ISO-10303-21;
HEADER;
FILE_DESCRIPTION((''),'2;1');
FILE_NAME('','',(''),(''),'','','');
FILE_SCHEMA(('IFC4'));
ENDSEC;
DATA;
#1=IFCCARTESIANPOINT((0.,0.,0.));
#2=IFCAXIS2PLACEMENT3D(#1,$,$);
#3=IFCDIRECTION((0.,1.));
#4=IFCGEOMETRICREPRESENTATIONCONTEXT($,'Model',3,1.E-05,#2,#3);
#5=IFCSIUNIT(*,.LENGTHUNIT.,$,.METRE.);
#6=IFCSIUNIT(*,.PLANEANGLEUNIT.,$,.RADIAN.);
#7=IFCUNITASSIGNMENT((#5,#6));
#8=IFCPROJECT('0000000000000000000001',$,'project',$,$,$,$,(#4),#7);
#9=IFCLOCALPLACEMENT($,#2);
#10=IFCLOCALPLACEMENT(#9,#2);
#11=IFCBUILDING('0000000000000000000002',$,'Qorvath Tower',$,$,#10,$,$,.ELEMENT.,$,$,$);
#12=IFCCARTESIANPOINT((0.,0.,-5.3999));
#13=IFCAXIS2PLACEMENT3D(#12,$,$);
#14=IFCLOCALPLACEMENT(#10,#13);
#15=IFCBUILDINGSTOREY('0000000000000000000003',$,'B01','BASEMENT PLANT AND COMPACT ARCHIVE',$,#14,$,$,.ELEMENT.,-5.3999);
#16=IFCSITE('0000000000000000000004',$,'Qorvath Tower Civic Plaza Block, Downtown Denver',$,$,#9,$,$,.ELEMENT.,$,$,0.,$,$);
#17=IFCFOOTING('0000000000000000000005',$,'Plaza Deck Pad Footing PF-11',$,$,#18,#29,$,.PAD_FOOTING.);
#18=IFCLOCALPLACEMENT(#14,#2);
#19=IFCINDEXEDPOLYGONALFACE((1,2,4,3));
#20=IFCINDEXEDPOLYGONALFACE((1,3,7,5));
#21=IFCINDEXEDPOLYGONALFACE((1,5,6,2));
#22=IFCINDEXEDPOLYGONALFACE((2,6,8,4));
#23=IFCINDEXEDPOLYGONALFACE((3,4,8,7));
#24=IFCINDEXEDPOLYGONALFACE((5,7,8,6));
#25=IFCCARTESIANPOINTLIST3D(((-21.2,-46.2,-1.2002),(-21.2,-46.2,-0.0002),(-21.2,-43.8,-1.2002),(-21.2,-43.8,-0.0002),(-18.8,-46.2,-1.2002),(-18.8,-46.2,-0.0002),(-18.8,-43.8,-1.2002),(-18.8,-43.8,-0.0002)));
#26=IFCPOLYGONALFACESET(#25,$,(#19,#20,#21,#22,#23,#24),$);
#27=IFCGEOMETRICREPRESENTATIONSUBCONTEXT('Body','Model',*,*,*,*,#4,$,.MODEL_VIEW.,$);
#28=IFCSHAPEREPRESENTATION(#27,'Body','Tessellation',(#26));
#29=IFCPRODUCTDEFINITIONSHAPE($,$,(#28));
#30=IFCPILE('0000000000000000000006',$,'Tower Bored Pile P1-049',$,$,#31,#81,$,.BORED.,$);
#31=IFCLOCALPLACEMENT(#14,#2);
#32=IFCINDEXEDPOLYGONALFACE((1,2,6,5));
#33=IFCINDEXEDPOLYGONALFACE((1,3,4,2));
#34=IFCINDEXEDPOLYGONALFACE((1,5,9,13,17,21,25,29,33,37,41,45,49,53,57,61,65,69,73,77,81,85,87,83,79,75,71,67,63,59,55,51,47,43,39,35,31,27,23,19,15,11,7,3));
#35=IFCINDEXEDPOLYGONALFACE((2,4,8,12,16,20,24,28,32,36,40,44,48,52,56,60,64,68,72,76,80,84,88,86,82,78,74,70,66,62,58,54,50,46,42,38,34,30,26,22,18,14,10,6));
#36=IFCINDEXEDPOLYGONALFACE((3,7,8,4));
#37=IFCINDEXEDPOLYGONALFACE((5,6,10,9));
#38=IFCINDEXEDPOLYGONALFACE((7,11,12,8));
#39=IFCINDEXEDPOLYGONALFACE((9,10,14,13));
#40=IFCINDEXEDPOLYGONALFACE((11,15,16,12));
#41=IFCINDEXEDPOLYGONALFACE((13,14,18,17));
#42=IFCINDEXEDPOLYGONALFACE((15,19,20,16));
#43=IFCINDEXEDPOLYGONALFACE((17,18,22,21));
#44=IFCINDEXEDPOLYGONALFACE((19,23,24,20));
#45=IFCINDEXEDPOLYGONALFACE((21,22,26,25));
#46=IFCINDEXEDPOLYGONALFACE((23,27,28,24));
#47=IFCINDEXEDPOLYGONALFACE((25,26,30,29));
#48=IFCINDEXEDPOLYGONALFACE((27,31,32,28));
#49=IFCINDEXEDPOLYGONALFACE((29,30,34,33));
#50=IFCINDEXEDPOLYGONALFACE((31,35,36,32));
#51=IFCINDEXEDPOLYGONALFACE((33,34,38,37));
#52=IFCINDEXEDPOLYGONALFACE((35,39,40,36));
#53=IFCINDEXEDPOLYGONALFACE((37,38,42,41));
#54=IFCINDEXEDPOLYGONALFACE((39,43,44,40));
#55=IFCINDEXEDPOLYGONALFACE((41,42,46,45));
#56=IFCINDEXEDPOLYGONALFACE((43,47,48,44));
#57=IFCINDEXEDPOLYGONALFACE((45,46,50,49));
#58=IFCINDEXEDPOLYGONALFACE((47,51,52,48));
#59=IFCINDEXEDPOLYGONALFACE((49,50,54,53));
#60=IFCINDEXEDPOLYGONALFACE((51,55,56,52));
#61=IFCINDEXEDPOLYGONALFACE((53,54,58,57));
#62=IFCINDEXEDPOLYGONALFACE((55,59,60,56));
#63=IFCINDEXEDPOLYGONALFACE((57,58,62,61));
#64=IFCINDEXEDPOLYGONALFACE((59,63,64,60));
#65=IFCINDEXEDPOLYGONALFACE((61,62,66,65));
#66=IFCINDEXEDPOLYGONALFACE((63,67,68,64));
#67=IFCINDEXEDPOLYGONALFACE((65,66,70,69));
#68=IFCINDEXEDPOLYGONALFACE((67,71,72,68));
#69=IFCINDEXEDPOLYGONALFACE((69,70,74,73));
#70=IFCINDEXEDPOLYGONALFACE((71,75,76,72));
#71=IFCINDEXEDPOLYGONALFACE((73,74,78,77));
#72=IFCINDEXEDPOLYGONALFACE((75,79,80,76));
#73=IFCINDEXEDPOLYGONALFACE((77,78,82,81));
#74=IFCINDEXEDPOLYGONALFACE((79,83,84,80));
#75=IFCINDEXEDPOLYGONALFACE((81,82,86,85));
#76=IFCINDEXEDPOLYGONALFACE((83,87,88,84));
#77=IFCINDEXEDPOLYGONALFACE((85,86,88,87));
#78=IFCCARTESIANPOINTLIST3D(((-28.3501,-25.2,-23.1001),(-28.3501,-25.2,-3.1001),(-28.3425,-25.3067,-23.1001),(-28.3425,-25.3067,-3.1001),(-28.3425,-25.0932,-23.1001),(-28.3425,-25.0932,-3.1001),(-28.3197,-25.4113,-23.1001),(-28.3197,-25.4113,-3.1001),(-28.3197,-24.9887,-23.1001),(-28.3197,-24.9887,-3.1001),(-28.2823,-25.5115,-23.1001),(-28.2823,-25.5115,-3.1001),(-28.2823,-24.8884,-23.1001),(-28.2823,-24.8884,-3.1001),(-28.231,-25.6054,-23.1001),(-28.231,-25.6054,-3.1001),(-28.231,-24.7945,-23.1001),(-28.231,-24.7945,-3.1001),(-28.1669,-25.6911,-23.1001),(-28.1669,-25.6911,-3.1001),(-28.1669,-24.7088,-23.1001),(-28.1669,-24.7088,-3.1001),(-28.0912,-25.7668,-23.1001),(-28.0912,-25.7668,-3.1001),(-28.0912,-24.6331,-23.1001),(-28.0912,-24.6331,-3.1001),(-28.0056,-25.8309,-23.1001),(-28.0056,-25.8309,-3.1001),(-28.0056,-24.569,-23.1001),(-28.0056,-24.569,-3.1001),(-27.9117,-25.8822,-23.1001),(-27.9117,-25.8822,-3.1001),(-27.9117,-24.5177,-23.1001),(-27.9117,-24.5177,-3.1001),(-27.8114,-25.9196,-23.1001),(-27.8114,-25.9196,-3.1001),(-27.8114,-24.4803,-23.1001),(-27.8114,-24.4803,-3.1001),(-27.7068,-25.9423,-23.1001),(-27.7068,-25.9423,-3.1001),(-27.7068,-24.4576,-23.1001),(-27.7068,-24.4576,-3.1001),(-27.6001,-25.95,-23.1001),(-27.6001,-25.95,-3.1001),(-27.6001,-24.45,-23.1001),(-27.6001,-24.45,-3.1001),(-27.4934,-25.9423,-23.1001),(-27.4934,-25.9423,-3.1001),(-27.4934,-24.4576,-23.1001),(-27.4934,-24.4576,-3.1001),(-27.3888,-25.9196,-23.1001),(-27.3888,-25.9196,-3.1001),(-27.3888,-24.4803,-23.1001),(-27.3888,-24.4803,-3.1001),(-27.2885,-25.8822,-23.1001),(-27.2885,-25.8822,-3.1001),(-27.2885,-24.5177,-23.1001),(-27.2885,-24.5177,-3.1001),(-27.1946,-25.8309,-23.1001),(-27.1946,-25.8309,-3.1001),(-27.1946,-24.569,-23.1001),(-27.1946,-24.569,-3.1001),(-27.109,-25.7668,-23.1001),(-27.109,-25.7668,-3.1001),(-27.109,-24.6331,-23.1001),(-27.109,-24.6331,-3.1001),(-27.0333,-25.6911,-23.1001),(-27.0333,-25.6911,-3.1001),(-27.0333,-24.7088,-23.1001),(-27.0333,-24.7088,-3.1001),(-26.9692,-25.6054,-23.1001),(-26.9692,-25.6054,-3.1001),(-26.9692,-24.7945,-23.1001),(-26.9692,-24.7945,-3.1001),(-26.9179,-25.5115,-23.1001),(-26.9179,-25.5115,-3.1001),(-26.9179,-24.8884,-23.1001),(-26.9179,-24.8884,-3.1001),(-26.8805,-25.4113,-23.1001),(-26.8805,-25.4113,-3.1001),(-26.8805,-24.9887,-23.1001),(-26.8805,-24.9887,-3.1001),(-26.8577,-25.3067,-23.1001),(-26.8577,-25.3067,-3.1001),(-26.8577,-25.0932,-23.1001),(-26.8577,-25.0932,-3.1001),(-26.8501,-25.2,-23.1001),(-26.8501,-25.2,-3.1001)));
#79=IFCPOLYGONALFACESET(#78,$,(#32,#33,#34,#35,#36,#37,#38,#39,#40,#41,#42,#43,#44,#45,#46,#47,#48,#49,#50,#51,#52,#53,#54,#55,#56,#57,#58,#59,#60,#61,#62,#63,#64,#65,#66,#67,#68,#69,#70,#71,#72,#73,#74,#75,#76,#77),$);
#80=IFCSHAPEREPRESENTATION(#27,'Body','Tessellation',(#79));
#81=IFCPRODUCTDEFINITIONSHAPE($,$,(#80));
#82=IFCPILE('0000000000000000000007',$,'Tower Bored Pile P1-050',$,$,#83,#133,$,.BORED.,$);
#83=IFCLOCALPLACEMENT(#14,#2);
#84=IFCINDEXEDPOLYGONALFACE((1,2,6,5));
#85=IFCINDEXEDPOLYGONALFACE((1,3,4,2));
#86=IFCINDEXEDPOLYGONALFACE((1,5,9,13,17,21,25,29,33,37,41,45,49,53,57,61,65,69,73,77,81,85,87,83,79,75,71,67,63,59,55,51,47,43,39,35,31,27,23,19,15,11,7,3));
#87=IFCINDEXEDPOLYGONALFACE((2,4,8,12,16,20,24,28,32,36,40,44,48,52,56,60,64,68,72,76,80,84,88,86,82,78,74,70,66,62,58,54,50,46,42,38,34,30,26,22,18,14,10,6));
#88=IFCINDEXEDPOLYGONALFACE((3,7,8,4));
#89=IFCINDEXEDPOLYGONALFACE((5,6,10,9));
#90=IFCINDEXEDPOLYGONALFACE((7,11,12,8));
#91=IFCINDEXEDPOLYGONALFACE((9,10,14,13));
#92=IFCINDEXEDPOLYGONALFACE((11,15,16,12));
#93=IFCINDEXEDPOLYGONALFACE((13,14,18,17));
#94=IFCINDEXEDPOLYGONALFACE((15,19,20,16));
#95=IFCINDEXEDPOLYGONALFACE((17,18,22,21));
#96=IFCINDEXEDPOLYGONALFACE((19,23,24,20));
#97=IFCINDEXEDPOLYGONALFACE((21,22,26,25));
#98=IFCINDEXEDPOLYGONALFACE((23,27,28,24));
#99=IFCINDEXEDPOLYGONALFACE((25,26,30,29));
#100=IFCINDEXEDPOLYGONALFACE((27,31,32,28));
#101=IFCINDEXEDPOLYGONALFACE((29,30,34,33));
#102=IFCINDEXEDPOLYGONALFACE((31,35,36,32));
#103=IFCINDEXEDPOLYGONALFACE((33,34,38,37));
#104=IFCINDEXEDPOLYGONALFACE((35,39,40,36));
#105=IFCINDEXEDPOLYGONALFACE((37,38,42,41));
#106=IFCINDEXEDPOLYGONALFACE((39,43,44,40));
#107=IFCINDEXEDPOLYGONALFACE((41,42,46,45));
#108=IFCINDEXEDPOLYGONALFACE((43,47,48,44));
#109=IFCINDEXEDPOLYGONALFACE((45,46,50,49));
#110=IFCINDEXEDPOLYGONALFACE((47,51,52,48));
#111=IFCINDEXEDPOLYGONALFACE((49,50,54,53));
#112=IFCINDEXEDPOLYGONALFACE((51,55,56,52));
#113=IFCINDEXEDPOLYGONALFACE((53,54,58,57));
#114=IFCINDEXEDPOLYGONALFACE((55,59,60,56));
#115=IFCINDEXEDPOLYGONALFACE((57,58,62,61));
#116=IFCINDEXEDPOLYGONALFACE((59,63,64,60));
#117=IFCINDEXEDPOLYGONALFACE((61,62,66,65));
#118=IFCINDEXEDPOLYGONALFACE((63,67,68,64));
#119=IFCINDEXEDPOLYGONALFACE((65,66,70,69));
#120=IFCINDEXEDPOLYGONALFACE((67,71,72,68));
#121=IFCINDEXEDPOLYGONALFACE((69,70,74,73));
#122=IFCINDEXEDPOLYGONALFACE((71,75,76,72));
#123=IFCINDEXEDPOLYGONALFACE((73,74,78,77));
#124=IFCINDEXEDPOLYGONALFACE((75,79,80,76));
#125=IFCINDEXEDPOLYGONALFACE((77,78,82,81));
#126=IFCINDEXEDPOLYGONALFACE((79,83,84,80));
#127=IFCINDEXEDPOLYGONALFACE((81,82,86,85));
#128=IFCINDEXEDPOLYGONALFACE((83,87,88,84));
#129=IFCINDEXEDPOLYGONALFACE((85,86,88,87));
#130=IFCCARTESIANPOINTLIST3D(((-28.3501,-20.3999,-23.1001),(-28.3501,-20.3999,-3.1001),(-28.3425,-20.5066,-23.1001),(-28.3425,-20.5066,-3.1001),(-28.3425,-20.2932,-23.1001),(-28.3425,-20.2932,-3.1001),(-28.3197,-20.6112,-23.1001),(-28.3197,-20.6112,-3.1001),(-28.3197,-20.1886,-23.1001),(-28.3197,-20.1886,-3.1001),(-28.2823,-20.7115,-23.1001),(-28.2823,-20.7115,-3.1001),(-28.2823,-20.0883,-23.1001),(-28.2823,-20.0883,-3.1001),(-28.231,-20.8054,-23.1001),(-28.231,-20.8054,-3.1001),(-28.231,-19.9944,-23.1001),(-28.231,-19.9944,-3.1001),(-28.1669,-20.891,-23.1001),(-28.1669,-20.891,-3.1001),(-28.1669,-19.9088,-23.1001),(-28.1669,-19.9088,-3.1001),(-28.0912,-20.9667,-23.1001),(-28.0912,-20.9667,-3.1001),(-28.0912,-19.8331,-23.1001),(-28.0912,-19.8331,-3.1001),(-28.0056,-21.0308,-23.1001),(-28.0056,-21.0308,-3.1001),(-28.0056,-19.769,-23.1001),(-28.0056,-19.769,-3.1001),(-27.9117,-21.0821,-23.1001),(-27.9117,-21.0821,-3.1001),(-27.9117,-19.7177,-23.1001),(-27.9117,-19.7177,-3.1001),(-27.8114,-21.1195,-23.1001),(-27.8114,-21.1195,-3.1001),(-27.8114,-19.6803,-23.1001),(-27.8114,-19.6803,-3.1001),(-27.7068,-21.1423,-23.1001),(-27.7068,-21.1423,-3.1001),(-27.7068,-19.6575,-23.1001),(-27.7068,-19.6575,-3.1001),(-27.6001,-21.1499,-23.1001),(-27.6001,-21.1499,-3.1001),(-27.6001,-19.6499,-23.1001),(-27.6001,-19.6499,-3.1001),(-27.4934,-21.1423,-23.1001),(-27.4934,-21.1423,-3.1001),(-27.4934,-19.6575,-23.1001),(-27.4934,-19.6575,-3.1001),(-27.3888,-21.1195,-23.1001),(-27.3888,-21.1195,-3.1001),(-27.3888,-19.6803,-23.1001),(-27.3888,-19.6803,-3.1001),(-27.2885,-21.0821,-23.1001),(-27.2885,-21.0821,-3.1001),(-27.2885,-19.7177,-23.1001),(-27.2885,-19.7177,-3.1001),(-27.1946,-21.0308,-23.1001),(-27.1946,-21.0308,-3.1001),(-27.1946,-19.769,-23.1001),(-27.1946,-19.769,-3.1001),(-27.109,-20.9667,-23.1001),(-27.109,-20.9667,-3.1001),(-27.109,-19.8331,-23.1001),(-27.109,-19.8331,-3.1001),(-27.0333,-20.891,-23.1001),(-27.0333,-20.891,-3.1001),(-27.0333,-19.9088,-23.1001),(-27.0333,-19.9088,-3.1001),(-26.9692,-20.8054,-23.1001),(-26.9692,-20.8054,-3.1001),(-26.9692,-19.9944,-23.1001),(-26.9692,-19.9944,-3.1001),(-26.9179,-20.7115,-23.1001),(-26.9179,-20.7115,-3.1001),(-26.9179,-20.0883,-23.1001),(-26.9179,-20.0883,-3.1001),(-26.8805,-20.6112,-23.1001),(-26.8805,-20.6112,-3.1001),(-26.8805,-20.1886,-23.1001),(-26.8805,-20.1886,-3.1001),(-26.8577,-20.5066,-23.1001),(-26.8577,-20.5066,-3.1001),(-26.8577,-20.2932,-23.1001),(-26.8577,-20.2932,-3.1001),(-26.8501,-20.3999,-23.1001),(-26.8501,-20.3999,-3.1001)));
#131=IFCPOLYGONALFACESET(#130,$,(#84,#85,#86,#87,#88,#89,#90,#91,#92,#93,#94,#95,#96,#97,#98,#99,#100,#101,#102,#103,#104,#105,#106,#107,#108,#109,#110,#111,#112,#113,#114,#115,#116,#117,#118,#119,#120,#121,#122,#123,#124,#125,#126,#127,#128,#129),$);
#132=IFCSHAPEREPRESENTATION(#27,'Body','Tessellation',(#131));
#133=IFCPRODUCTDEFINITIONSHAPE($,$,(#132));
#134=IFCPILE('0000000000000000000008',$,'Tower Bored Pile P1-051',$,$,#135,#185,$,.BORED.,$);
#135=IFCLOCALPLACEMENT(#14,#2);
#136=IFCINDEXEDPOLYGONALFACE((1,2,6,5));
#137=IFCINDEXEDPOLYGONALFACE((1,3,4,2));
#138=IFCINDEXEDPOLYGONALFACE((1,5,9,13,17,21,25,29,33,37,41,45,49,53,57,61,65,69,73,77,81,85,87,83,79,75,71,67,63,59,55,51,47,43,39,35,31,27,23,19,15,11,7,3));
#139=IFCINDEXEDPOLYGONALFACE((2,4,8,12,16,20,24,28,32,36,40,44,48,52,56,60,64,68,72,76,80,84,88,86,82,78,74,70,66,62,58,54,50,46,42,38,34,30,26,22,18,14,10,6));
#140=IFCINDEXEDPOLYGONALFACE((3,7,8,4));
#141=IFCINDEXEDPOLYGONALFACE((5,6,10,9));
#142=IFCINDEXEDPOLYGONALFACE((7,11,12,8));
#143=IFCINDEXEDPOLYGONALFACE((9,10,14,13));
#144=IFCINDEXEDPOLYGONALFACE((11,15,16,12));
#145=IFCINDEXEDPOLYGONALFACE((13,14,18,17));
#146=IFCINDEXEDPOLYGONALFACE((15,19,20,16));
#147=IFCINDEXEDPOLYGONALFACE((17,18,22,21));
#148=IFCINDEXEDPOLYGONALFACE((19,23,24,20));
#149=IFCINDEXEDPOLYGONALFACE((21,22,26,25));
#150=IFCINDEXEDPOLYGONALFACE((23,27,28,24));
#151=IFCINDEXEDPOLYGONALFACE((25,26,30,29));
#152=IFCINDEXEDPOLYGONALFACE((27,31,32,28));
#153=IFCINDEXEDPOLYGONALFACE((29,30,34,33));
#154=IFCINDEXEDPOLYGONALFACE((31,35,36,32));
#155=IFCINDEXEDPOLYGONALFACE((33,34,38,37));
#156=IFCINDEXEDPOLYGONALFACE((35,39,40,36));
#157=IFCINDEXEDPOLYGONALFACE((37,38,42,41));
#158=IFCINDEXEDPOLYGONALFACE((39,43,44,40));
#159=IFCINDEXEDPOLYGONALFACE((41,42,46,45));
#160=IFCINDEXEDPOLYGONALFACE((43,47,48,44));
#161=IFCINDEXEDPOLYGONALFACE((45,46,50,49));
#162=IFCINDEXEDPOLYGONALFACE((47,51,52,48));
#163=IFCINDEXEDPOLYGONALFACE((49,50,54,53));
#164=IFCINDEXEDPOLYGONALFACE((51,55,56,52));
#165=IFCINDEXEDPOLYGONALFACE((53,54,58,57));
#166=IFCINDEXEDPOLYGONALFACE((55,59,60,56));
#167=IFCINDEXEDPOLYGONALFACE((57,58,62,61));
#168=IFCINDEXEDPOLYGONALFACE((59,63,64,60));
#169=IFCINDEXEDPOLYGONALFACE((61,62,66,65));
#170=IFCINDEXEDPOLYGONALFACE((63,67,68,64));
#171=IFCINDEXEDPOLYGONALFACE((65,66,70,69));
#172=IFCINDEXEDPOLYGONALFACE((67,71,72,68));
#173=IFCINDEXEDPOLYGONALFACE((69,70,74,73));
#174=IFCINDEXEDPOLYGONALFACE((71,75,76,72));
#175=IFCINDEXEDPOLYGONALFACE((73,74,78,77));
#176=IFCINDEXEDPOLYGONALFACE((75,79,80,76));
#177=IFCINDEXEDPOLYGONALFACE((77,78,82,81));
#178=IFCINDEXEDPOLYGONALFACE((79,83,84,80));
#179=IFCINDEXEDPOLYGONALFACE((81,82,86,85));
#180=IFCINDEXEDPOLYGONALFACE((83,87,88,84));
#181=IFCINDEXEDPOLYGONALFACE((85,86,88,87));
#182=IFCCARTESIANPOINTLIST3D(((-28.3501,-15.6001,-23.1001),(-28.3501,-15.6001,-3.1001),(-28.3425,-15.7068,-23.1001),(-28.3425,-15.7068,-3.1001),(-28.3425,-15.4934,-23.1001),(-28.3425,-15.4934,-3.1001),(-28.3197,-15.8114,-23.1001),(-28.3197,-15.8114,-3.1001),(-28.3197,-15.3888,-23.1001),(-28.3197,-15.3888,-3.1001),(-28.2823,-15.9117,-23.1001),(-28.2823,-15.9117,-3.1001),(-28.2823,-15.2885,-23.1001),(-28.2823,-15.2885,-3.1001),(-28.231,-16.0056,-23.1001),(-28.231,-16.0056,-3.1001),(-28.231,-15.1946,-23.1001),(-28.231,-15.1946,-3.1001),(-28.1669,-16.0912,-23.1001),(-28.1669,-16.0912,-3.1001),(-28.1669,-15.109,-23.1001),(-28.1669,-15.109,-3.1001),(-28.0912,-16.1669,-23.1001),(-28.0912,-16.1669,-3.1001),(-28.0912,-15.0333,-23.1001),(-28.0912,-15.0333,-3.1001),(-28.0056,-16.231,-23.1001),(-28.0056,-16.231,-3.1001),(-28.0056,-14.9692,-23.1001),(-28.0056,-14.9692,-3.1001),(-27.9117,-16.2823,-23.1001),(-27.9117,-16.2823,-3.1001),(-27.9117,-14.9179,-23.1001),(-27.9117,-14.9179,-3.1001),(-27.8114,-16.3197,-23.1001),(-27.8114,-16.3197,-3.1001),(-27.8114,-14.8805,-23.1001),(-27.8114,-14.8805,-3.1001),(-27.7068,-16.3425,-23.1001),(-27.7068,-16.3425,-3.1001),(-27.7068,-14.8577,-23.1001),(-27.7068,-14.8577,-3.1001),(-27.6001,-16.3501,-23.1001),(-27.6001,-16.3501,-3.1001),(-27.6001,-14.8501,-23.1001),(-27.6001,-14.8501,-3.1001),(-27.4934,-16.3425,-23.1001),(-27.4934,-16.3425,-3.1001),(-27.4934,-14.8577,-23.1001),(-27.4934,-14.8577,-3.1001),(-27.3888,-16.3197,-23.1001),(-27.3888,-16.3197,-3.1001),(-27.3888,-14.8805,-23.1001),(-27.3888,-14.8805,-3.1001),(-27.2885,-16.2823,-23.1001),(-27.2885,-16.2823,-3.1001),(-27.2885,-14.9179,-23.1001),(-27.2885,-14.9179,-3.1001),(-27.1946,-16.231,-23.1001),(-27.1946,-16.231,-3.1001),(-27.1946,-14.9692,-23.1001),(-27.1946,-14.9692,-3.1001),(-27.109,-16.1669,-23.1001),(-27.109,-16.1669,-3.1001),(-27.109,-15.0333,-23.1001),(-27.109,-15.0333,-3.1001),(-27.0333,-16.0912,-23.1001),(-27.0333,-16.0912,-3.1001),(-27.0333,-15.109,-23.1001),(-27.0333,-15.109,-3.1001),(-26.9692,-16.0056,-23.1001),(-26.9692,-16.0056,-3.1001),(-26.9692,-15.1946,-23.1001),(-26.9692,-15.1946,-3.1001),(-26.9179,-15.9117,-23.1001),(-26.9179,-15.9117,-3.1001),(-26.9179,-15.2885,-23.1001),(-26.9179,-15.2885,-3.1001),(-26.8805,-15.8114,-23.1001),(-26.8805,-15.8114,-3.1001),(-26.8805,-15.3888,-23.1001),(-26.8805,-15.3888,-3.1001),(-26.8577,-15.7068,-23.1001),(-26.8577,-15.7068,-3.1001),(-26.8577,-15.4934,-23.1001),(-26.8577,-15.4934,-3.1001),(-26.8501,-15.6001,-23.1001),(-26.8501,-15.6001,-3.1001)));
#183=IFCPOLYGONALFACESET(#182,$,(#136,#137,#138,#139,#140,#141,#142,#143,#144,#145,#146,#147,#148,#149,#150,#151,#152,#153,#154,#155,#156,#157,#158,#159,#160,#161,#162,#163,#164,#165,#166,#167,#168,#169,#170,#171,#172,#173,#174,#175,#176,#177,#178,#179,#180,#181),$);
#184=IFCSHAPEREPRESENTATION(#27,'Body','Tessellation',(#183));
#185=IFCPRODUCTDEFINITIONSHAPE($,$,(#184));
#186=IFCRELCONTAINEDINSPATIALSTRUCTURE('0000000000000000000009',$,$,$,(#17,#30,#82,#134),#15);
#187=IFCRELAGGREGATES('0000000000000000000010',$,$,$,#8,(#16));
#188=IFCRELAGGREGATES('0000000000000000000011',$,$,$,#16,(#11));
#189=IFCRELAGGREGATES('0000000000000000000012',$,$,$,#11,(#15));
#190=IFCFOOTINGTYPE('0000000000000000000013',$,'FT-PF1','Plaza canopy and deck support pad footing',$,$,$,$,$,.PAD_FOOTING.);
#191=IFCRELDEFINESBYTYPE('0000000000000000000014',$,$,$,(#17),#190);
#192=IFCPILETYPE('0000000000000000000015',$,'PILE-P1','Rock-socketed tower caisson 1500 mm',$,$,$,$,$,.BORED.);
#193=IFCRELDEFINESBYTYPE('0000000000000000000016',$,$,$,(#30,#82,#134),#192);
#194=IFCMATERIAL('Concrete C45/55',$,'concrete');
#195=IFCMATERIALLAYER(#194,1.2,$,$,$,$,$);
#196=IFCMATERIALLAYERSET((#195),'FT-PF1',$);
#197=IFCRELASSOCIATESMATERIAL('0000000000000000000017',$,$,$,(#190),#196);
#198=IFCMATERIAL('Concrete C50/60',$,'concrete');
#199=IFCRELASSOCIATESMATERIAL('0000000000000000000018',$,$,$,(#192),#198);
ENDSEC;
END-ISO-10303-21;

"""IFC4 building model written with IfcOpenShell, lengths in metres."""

from ifc_helpers import new_model, si_unit, direction, frame, origin, origin_2d, place, context, subcontext, project, spatial, rectangle, circle, extrude, material, layer, layer_set, material_profile, profile_set, type_object, element, save


model = new_model("IFC4")

# Units and contexts
model_context = context("Model", 3, precision=1e-05, world=origin(), true_north=direction((0.0, 1.0)))
body_context = subcontext(model_context, "Body", "Model", "MODEL_VIEW")
ifc_project = project(units=[si_unit("LENGTHUNIT", "METRE"), si_unit("PLANEANGLEUNIT", "RADIAN")], contexts=[model_context])

# Site, building, storey
site_placement = place(None, origin())
site = spatial("IfcSite", under=ifc_project, at=site_placement, Name="Qorvath Tower Civic Plaza Block, Downtown Denver", CompositionType="ELEMENT", RefElevation=0.0)
building_placement = place(site_placement, origin())
building = spatial("IfcBuilding", under=site, at=building_placement, Name="Qorvath Tower", CompositionType="ELEMENT")
storey_placement = place(building_placement, frame((0.0, 0.0, -5.3999)))
storey = spatial("IfcBuildingStorey", under=building, at=storey_placement, Name="B01", Description="BASEMENT PLANT AND COMPACT ARCHIVE", CompositionType="ELEMENT", Elevation=-5.3999)

# Footing
ifc_material_1 = material(Name="Concrete C45/55", Category="concrete")
ifc_layer_1 = layer(ifc_material_1, 1.2)
ifc_layer_set_1 = layer_set([ifc_layer_1], Name="FT-PF1")
footing_type = type_object("IfcFootingType", Name="FT-PF1", Description="Plaza canopy and deck support pad footing", PredefinedType="PAD_FOOTING", material=ifc_layer_set_1)
footing_placement = place(storey_placement, frame((-20.0, -45.0, -1.2002), z_axis=(0.0, 0.0, 1.0), x_axis=(1.0, 0.0, 0.0)))
element("IfcFooting", 1, at=footing_placement, inside=storey, type_object=footing_type, Name="Plaza Deck Pad Footing PF-11", PredefinedType="PAD_FOOTING", context=body_context, shape_type="SweptSolid", body=[
    extrude(rectangle(XDim=2.3999, YDim=2.3999, at=origin_2d()), origin(), (0.0, 0.0, 1.0), 1.2),
])

# Piles
ifc_material_2 = material(Name="Concrete C50/60", Category="concrete")
ifc_material_profile_1 = material_profile(ifc_material_2, circle(Radius=0.75, at=origin_2d()), Name="BORED PILE 1500")
ifc_profile_set_1 = profile_set([ifc_material_profile_1], Name="Concrete C50/60")
pile_type = type_object("IfcPileType", Name="PILE-P1", Description="Rock-socketed tower caisson 1500 mm", PredefinedType="BORED", material=ifc_profile_set_1)
for number, where, z_axis, x_axis, name in (
    (2, (-27.6001, -25.2, -3.1001), (0.0, 0.0, -1.0), (1.0, 0.0, 0.0), "Tower Bored Pile P1-049"),
    (3, (-27.6001, -20.3999, -3.1001), (0.0, 0.0, -1.0), (1.0, 0.0, 0.0), "Tower Bored Pile P1-050"),
    (4, (-27.6001, -15.6001, -3.1001), (0.0, 0.0, -1.0), (1.0, 0.0, 0.0), "Tower Bored Pile P1-051"),
):
    element("IfcPile", number, at=place(storey_placement, frame(where, z_axis=z_axis, x_axis=x_axis)), inside=storey, type_object=pile_type, Name=name, PredefinedType="BORED", context=body_context, shape_type="SweptSolid", body=[
        extrude(circle(Radius=0.75, at=origin_2d()), origin(), (0.0, 0.0, 1.0), 20.0),
    ])

save(model, "model.ifc")
